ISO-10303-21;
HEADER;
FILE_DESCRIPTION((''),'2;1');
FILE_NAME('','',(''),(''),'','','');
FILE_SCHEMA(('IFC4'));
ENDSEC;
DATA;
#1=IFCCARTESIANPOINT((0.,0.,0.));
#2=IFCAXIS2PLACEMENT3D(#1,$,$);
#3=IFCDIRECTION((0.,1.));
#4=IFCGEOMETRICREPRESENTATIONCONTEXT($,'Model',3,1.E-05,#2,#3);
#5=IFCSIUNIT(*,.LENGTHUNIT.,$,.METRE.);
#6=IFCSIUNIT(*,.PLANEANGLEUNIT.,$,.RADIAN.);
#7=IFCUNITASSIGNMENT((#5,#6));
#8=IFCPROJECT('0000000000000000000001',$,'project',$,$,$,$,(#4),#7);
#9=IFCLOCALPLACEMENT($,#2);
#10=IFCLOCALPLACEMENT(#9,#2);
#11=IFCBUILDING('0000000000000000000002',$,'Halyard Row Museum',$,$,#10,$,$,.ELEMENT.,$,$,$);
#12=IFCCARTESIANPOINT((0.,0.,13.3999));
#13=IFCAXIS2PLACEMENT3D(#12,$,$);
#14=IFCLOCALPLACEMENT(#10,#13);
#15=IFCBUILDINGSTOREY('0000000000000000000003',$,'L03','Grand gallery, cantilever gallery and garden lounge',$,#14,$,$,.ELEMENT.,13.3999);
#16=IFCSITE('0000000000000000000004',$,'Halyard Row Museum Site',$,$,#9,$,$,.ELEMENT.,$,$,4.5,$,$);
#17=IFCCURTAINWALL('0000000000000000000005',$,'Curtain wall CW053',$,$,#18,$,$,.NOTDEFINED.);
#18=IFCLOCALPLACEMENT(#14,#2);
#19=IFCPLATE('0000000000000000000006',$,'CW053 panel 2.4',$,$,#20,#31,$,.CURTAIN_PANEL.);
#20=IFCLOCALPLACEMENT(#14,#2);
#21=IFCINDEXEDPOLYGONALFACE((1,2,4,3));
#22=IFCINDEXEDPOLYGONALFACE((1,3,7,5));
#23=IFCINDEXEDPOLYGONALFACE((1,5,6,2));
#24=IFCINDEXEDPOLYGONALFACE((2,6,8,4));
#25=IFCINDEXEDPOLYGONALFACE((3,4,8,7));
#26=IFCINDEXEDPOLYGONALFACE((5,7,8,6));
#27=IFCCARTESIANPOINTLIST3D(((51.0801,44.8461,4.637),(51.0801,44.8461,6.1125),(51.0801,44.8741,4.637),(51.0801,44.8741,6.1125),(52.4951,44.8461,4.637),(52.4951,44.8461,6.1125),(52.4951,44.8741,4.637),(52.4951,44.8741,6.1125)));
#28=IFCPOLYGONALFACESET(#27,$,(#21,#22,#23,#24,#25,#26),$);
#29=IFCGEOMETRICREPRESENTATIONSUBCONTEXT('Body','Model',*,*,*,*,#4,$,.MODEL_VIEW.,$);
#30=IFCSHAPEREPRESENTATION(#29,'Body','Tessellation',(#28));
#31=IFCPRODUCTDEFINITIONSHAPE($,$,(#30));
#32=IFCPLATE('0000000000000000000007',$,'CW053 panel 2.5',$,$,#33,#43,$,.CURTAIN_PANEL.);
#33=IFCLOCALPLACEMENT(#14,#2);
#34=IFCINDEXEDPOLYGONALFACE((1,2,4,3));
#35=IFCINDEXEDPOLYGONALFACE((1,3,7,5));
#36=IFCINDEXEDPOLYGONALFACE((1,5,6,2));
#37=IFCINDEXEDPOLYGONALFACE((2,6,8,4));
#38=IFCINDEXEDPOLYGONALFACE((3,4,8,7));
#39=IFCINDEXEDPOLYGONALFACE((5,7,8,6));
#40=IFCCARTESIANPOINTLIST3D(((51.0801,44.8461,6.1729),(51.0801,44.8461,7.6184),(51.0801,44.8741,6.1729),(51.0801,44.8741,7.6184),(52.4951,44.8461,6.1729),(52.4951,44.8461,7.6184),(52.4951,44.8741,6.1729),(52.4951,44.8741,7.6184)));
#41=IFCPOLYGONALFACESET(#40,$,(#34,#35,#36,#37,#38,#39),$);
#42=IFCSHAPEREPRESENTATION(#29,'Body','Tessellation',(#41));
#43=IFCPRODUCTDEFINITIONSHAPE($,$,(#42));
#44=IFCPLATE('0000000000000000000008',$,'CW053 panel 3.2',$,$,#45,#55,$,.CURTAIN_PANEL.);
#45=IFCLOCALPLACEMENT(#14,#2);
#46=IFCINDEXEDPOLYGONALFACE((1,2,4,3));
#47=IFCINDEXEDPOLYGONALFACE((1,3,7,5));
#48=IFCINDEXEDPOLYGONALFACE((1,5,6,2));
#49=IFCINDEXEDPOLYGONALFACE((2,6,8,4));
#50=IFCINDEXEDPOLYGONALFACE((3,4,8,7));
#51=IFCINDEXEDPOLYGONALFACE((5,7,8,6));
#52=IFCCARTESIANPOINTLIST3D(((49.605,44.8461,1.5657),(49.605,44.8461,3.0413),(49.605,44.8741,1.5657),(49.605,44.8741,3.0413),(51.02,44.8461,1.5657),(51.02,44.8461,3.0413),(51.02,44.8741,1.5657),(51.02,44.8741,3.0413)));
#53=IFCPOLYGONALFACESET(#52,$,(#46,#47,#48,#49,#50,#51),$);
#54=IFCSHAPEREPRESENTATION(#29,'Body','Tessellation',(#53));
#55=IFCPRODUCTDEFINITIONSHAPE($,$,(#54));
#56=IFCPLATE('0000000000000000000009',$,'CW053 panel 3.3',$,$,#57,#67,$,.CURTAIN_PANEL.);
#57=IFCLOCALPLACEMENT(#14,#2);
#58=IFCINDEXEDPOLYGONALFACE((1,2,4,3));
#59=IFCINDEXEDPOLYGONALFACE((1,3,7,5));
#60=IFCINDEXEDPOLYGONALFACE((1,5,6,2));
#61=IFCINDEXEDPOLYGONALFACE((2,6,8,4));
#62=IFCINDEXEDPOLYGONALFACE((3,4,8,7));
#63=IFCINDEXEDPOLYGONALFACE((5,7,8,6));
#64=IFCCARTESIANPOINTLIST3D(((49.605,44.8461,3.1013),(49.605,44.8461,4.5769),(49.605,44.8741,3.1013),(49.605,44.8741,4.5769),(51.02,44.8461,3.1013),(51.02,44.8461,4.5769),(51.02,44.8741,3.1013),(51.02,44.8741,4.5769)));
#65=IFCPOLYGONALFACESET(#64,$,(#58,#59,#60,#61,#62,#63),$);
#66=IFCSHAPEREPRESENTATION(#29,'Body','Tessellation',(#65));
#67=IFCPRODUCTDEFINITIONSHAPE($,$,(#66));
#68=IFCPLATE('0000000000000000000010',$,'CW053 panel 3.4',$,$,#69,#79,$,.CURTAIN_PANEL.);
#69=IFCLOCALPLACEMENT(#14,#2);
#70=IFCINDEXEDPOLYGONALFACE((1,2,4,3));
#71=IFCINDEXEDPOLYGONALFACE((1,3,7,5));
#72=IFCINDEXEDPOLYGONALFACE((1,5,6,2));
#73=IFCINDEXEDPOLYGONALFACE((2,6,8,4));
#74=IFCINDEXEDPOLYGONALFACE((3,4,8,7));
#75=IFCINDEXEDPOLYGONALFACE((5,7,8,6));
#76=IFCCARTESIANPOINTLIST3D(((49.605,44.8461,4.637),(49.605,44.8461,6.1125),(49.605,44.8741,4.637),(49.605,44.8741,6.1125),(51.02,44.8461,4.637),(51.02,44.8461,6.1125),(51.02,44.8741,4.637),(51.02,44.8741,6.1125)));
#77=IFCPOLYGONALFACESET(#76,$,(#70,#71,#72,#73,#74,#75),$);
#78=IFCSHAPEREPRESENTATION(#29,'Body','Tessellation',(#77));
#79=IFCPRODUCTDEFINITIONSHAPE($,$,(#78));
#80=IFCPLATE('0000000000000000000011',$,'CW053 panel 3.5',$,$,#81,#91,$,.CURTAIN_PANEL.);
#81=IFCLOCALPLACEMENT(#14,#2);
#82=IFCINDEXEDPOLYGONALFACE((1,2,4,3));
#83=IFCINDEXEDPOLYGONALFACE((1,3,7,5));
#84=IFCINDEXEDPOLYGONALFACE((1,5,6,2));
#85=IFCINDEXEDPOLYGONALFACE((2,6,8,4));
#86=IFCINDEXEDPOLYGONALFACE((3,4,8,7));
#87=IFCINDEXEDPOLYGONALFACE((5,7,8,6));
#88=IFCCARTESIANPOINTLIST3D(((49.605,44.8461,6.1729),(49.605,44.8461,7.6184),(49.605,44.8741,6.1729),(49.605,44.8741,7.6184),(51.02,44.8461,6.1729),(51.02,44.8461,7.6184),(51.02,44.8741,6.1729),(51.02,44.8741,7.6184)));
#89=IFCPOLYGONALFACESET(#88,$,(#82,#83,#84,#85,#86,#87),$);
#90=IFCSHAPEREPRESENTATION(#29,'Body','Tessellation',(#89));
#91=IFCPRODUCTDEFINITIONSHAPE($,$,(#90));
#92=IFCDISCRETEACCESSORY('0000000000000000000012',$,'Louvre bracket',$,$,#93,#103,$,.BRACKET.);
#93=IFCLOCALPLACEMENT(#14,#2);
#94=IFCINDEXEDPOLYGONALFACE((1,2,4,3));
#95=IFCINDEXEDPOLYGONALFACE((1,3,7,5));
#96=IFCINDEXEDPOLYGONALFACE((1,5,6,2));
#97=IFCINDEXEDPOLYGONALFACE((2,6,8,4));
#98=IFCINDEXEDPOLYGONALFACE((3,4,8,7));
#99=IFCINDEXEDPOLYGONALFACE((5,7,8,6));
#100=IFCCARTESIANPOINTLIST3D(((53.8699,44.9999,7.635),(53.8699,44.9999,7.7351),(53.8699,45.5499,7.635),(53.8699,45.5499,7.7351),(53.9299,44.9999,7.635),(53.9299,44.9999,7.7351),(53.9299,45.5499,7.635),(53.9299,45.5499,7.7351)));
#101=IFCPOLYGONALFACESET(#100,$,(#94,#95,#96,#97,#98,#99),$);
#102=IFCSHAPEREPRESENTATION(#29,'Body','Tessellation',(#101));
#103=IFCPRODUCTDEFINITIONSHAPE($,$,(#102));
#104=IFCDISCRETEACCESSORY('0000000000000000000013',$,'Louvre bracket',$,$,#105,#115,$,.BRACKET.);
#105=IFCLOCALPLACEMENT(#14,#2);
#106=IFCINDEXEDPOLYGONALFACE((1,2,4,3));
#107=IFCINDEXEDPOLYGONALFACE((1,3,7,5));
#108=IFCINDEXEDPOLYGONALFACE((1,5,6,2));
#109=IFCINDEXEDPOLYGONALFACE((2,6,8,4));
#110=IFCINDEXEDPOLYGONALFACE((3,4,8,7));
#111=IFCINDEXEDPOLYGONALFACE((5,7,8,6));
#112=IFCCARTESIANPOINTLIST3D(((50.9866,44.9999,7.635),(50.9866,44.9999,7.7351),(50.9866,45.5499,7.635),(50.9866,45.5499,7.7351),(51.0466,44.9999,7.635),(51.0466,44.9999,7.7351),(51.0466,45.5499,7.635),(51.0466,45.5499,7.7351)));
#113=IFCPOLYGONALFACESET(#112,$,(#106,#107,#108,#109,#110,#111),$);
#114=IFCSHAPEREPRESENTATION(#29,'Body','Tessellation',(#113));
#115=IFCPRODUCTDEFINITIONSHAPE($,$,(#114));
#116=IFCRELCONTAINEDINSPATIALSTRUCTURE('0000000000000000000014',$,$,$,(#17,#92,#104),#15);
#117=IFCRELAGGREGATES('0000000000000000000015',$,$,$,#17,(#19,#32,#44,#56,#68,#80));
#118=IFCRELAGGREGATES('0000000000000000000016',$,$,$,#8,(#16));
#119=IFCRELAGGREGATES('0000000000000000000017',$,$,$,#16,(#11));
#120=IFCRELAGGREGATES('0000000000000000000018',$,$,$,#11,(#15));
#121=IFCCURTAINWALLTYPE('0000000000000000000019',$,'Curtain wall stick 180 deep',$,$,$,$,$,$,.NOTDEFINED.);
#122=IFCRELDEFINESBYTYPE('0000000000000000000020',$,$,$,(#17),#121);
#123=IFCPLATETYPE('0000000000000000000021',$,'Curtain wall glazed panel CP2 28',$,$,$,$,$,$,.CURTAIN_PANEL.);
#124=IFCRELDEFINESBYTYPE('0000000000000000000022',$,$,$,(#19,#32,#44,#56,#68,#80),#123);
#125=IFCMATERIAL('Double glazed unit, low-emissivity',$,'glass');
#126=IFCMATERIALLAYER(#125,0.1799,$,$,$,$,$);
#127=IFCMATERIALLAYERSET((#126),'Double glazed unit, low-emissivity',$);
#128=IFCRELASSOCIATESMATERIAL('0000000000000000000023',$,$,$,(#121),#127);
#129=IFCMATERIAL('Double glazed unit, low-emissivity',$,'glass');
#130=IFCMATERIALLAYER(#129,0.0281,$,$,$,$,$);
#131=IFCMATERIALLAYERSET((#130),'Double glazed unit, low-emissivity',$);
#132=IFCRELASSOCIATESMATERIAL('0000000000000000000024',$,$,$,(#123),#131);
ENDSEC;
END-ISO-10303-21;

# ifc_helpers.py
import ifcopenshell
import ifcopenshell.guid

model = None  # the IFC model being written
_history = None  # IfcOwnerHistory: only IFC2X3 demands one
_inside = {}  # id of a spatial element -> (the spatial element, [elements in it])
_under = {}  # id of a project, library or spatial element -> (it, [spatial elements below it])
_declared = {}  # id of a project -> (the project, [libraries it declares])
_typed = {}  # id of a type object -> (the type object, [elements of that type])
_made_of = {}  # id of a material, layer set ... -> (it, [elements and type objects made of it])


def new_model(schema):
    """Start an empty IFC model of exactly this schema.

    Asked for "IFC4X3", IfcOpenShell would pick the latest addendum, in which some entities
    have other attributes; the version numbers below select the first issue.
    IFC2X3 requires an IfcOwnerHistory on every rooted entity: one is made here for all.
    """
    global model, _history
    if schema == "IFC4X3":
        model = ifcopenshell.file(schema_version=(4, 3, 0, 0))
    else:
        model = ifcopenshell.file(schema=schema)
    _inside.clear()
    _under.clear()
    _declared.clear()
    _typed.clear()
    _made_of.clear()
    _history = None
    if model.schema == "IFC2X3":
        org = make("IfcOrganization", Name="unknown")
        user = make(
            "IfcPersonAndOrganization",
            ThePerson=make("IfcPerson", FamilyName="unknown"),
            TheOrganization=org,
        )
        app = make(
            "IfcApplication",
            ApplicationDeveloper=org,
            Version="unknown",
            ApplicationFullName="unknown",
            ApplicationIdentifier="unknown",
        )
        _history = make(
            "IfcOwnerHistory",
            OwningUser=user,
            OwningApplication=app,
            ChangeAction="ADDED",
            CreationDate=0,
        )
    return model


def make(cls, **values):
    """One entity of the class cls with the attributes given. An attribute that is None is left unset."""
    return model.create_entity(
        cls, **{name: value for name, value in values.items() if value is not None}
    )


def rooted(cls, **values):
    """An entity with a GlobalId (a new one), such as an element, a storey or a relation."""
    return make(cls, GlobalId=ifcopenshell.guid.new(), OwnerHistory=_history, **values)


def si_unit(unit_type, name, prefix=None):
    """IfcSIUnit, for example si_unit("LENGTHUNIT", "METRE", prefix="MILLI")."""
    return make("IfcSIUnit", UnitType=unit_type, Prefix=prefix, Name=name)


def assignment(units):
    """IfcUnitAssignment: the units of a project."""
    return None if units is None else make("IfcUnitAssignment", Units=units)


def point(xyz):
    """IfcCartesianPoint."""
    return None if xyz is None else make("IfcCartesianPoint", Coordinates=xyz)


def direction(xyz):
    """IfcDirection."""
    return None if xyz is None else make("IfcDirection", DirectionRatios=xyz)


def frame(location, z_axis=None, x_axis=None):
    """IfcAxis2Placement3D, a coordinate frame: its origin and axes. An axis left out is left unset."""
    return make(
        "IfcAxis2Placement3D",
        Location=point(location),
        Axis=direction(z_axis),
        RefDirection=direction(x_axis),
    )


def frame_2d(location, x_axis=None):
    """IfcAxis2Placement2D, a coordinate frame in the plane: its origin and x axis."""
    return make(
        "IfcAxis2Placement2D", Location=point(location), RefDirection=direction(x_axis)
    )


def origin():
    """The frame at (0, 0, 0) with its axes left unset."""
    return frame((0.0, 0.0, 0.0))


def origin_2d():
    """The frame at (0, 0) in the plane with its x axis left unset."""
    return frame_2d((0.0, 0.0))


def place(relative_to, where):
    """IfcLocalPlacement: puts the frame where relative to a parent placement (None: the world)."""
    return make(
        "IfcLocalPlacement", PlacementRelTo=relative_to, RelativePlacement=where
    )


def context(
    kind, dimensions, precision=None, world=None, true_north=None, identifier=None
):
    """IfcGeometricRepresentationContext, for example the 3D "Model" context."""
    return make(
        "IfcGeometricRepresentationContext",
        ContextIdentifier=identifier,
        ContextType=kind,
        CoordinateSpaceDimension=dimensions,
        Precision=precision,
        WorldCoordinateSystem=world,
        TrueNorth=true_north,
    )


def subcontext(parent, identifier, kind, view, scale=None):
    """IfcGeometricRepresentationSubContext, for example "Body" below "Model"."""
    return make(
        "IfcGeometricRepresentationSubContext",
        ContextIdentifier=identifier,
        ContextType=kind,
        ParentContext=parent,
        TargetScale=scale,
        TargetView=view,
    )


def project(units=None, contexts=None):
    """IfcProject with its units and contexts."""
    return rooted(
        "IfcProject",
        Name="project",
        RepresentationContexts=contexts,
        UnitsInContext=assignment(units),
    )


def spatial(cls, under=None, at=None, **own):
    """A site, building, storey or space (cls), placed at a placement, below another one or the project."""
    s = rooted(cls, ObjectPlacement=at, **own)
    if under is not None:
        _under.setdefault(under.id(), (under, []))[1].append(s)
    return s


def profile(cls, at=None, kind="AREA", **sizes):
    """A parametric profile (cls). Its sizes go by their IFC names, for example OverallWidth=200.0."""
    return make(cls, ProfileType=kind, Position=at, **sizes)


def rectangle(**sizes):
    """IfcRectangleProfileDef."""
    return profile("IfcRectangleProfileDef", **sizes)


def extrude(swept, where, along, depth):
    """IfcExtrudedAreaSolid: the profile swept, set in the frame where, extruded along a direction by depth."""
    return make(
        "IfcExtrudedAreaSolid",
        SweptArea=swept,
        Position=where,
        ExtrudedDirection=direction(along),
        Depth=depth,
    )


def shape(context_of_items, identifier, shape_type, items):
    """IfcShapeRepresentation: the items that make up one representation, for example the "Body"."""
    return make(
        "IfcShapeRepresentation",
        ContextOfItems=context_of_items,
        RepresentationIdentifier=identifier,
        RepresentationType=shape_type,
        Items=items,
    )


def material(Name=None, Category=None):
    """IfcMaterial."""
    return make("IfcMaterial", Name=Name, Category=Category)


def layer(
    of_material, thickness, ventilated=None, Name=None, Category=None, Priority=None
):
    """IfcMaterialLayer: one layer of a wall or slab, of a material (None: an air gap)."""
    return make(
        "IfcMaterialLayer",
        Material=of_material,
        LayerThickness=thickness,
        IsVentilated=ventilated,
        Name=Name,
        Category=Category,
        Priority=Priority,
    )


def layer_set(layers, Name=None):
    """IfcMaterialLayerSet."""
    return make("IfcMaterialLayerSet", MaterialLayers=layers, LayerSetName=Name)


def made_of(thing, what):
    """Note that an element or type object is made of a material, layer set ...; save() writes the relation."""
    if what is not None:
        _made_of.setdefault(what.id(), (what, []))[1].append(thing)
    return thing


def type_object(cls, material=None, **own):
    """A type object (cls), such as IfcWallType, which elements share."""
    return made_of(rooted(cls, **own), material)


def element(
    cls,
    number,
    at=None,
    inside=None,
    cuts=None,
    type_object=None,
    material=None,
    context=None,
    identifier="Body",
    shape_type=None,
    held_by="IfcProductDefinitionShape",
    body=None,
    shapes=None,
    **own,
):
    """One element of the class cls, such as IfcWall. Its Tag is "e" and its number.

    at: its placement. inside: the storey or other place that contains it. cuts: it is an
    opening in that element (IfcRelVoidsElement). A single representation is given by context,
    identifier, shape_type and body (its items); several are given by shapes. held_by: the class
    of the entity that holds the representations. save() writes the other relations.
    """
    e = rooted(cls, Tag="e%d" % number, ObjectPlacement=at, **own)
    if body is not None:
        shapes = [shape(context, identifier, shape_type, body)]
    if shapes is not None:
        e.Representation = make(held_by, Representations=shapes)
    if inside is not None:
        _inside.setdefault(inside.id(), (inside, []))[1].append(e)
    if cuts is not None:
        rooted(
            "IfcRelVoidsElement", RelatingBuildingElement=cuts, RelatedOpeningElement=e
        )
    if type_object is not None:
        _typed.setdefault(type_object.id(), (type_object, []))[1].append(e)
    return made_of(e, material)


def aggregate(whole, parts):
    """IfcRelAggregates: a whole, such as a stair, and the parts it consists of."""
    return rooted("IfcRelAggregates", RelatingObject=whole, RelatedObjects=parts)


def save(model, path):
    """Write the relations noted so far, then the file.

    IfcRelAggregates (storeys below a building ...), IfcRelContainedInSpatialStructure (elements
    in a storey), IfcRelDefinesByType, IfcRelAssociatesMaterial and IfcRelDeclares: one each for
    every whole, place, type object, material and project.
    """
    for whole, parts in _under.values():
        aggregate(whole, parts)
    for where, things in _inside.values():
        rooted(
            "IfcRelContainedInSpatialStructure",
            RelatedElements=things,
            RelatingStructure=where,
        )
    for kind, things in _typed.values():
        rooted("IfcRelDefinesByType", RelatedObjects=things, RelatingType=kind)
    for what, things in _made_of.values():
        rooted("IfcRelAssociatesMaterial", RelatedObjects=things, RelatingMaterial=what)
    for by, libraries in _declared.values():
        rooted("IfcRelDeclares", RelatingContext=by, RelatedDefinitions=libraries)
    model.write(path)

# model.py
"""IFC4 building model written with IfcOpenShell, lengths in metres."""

from ifc_helpers import new_model, si_unit, direction, frame, origin, origin_2d, place, context, subcontext, project, spatial, rectangle, extrude, material, layer, layer_set, type_object, element, aggregate, save


model = new_model("IFC4")

# Units and contexts
model_context = context("Model", 3, precision=1e-05, world=origin(), true_north=direction((0.0, 1.0)))
body_context = subcontext(model_context, "Body", "Model", "MODEL_VIEW")
ifc_project = project(units=[si_unit("LENGTHUNIT", "METRE"), si_unit("PLANEANGLEUNIT", "RADIAN")], contexts=[model_context])

# Site, building, storey
site_placement = place(None, origin())
site = spatial("IfcSite", under=ifc_project, at=site_placement, Name="Halyard Row Museum Site", CompositionType="ELEMENT", RefElevation=4.5)
building_placement = place(site_placement, origin())
building = spatial("IfcBuilding", under=site, at=building_placement, Name="Halyard Row Museum", CompositionType="ELEMENT")
storey_placement = place(building_placement, frame((0.0, 0.0, 13.3999)))
storey = spatial("IfcBuildingStorey", under=building, at=storey_placement, Name="L03", Description="Grand gallery, cantilever gallery and garden lounge", CompositionType="ELEMENT", Elevation=13.3999)

# Curtain wall, plates
ifc_material_1 = material(Name="Double glazed unit, low-emissivity", Category="glass")
ifc_layer_1 = layer(ifc_material_1, 0.1799)
ifc_layer_set_1 = layer_set([ifc_layer_1], Name="Double glazed unit, low-emissivity")
curtain_wall_type = type_object("IfcCurtainWallType", Name="Curtain wall stick 180 deep", PredefinedType="NOTDEFINED", material=ifc_layer_set_1)
curtain_wall_placement = place(storey_placement, origin())
curtain_wall = element("IfcCurtainWall", 1, at=curtain_wall_placement, inside=storey, type_object=curtain_wall_type, Name="Curtain wall CW053", PredefinedType="NOTDEFINED")
ifc_material_2 = material(Name="Double glazed unit, low-emissivity", Category="glass")
ifc_layer_2 = layer(ifc_material_2, 0.0281)
ifc_layer_set_2 = layer_set([ifc_layer_2], Name="Double glazed unit, low-emissivity")
plate_type = type_object("IfcPlateType", Name="Curtain wall glazed panel CP2 28", PredefinedType="CURTAIN_PANEL", material=ifc_layer_set_2)
plate_1_placement = place(storey_placement, frame((51.7876, 44.8601, 4.637), z_axis=(0.0, 0.0, 1.0), x_axis=(-1.0, 0.0, 0.0)))
plate_1 = element("IfcPlate", 2, at=plate_1_placement, type_object=plate_type, Name="CW053 panel 2.4", PredefinedType="CURTAIN_PANEL", context=body_context, shape_type="SweptSolid", body=[
    extrude(rectangle(XDim=1.415, YDim=0.0281, at=origin_2d()), origin(), (0.0, 0.0, 1.0), 1.4756),
])
plate_2_placement = place(storey_placement, frame((51.7876, 44.8601, 6.1729), z_axis=(0.0, 0.0, 1.0), x_axis=(-1.0, 0.0, 0.0)))
plate_2 = element("IfcPlate", 3, at=plate_2_placement, type_object=plate_type, Name="CW053 panel 2.5", PredefinedType="CURTAIN_PANEL", context=body_context, shape_type="SweptSolid", body=[
    extrude(rectangle(XDim=1.415, YDim=0.0281, at=origin_2d()), origin(), (0.0, 0.0, 1.0), 1.4456),
])
plate_3_placement = place(storey_placement, frame((50.3125, 44.8601, 1.5657), z_axis=(0.0, 0.0, 1.0), x_axis=(-1.0, 0.0, 0.0)))
plate_3 = element("IfcPlate", 4, at=plate_3_placement, type_object=plate_type, Name="CW053 panel 3.2", PredefinedType="CURTAIN_PANEL", context=body_context, shape_type="SweptSolid", body=[
    extrude(rectangle(XDim=1.415, YDim=0.0281, at=origin_2d()), origin(), (0.0, 0.0, 1.0), 1.4756),
])
plate_4_placement = place(storey_placement, frame((50.3125, 44.8601, 3.1013), z_axis=(0.0, 0.0, 1.0), x_axis=(-1.0, 0.0, 0.0)))
plate_4 = element("IfcPlate", 5, at=plate_4_placement, type_object=plate_type, Name="CW053 panel 3.3", PredefinedType="CURTAIN_PANEL", context=body_context, shape_type="SweptSolid", body=[
    extrude(rectangle(XDim=1.415, YDim=0.0281, at=origin_2d()), origin(), (0.0, 0.0, 1.0), 1.4756),
])
plate_5_placement = place(storey_placement, frame((50.3125, 44.8601, 4.637), z_axis=(0.0, 0.0, 1.0), x_axis=(-1.0, 0.0, 0.0)))
plate_5 = element("IfcPlate", 6, at=plate_5_placement, type_object=plate_type, Name="CW053 panel 3.4", PredefinedType="CURTAIN_PANEL", context=body_context, shape_type="SweptSolid", body=[
    extrude(rectangle(XDim=1.415, YDim=0.0281, at=origin_2d()), origin(), (0.0, 0.0, 1.0), 1.4756),
])
plate_6_placement = place(storey_placement, frame((50.3125, 44.8601, 6.1729), z_axis=(0.0, 0.0, 1.0), x_axis=(-1.0, 0.0, 0.0)))
plate_6 = element("IfcPlate", 7, at=plate_6_placement, type_object=plate_type, Name="CW053 panel 3.5", PredefinedType="CURTAIN_PANEL", context=body_context, shape_type="SweptSolid", body=[
    extrude(rectangle(XDim=1.415, YDim=0.0281, at=origin_2d()), origin(), (0.0, 0.0, 1.0), 1.4456),
])
aggregate(curtain_wall, [plate_1, plate_2, plate_3, plate_4, plate_5, plate_6])

# Discrete accessories
for number, where, z_axis, x_axis, name in (
    (8, (53.8999, 45.2749, 7.635), (0.0, 0.0, 1.0), (1.0, 0.0, 0.0), "Louvre bracket"),
    (9, (51.0166, 45.2749, 7.635), (0.0, 0.0, 1.0), (1.0, 0.0, 0.0), "Louvre bracket"),
):
    element("IfcDiscreteAccessory", number, at=place(storey_placement, frame(where, z_axis=z_axis, x_axis=x_axis)), inside=storey, Name=name, PredefinedType="BRACKET", context=body_context, shape_type="SweptSolid", body=[
        extrude(rectangle(XDim=0.0601, YDim=0.55, at=origin_2d()), origin(), (0.0, 0.0, 1.0), 0.1001),
    ])

save(model, "model.ifc")
